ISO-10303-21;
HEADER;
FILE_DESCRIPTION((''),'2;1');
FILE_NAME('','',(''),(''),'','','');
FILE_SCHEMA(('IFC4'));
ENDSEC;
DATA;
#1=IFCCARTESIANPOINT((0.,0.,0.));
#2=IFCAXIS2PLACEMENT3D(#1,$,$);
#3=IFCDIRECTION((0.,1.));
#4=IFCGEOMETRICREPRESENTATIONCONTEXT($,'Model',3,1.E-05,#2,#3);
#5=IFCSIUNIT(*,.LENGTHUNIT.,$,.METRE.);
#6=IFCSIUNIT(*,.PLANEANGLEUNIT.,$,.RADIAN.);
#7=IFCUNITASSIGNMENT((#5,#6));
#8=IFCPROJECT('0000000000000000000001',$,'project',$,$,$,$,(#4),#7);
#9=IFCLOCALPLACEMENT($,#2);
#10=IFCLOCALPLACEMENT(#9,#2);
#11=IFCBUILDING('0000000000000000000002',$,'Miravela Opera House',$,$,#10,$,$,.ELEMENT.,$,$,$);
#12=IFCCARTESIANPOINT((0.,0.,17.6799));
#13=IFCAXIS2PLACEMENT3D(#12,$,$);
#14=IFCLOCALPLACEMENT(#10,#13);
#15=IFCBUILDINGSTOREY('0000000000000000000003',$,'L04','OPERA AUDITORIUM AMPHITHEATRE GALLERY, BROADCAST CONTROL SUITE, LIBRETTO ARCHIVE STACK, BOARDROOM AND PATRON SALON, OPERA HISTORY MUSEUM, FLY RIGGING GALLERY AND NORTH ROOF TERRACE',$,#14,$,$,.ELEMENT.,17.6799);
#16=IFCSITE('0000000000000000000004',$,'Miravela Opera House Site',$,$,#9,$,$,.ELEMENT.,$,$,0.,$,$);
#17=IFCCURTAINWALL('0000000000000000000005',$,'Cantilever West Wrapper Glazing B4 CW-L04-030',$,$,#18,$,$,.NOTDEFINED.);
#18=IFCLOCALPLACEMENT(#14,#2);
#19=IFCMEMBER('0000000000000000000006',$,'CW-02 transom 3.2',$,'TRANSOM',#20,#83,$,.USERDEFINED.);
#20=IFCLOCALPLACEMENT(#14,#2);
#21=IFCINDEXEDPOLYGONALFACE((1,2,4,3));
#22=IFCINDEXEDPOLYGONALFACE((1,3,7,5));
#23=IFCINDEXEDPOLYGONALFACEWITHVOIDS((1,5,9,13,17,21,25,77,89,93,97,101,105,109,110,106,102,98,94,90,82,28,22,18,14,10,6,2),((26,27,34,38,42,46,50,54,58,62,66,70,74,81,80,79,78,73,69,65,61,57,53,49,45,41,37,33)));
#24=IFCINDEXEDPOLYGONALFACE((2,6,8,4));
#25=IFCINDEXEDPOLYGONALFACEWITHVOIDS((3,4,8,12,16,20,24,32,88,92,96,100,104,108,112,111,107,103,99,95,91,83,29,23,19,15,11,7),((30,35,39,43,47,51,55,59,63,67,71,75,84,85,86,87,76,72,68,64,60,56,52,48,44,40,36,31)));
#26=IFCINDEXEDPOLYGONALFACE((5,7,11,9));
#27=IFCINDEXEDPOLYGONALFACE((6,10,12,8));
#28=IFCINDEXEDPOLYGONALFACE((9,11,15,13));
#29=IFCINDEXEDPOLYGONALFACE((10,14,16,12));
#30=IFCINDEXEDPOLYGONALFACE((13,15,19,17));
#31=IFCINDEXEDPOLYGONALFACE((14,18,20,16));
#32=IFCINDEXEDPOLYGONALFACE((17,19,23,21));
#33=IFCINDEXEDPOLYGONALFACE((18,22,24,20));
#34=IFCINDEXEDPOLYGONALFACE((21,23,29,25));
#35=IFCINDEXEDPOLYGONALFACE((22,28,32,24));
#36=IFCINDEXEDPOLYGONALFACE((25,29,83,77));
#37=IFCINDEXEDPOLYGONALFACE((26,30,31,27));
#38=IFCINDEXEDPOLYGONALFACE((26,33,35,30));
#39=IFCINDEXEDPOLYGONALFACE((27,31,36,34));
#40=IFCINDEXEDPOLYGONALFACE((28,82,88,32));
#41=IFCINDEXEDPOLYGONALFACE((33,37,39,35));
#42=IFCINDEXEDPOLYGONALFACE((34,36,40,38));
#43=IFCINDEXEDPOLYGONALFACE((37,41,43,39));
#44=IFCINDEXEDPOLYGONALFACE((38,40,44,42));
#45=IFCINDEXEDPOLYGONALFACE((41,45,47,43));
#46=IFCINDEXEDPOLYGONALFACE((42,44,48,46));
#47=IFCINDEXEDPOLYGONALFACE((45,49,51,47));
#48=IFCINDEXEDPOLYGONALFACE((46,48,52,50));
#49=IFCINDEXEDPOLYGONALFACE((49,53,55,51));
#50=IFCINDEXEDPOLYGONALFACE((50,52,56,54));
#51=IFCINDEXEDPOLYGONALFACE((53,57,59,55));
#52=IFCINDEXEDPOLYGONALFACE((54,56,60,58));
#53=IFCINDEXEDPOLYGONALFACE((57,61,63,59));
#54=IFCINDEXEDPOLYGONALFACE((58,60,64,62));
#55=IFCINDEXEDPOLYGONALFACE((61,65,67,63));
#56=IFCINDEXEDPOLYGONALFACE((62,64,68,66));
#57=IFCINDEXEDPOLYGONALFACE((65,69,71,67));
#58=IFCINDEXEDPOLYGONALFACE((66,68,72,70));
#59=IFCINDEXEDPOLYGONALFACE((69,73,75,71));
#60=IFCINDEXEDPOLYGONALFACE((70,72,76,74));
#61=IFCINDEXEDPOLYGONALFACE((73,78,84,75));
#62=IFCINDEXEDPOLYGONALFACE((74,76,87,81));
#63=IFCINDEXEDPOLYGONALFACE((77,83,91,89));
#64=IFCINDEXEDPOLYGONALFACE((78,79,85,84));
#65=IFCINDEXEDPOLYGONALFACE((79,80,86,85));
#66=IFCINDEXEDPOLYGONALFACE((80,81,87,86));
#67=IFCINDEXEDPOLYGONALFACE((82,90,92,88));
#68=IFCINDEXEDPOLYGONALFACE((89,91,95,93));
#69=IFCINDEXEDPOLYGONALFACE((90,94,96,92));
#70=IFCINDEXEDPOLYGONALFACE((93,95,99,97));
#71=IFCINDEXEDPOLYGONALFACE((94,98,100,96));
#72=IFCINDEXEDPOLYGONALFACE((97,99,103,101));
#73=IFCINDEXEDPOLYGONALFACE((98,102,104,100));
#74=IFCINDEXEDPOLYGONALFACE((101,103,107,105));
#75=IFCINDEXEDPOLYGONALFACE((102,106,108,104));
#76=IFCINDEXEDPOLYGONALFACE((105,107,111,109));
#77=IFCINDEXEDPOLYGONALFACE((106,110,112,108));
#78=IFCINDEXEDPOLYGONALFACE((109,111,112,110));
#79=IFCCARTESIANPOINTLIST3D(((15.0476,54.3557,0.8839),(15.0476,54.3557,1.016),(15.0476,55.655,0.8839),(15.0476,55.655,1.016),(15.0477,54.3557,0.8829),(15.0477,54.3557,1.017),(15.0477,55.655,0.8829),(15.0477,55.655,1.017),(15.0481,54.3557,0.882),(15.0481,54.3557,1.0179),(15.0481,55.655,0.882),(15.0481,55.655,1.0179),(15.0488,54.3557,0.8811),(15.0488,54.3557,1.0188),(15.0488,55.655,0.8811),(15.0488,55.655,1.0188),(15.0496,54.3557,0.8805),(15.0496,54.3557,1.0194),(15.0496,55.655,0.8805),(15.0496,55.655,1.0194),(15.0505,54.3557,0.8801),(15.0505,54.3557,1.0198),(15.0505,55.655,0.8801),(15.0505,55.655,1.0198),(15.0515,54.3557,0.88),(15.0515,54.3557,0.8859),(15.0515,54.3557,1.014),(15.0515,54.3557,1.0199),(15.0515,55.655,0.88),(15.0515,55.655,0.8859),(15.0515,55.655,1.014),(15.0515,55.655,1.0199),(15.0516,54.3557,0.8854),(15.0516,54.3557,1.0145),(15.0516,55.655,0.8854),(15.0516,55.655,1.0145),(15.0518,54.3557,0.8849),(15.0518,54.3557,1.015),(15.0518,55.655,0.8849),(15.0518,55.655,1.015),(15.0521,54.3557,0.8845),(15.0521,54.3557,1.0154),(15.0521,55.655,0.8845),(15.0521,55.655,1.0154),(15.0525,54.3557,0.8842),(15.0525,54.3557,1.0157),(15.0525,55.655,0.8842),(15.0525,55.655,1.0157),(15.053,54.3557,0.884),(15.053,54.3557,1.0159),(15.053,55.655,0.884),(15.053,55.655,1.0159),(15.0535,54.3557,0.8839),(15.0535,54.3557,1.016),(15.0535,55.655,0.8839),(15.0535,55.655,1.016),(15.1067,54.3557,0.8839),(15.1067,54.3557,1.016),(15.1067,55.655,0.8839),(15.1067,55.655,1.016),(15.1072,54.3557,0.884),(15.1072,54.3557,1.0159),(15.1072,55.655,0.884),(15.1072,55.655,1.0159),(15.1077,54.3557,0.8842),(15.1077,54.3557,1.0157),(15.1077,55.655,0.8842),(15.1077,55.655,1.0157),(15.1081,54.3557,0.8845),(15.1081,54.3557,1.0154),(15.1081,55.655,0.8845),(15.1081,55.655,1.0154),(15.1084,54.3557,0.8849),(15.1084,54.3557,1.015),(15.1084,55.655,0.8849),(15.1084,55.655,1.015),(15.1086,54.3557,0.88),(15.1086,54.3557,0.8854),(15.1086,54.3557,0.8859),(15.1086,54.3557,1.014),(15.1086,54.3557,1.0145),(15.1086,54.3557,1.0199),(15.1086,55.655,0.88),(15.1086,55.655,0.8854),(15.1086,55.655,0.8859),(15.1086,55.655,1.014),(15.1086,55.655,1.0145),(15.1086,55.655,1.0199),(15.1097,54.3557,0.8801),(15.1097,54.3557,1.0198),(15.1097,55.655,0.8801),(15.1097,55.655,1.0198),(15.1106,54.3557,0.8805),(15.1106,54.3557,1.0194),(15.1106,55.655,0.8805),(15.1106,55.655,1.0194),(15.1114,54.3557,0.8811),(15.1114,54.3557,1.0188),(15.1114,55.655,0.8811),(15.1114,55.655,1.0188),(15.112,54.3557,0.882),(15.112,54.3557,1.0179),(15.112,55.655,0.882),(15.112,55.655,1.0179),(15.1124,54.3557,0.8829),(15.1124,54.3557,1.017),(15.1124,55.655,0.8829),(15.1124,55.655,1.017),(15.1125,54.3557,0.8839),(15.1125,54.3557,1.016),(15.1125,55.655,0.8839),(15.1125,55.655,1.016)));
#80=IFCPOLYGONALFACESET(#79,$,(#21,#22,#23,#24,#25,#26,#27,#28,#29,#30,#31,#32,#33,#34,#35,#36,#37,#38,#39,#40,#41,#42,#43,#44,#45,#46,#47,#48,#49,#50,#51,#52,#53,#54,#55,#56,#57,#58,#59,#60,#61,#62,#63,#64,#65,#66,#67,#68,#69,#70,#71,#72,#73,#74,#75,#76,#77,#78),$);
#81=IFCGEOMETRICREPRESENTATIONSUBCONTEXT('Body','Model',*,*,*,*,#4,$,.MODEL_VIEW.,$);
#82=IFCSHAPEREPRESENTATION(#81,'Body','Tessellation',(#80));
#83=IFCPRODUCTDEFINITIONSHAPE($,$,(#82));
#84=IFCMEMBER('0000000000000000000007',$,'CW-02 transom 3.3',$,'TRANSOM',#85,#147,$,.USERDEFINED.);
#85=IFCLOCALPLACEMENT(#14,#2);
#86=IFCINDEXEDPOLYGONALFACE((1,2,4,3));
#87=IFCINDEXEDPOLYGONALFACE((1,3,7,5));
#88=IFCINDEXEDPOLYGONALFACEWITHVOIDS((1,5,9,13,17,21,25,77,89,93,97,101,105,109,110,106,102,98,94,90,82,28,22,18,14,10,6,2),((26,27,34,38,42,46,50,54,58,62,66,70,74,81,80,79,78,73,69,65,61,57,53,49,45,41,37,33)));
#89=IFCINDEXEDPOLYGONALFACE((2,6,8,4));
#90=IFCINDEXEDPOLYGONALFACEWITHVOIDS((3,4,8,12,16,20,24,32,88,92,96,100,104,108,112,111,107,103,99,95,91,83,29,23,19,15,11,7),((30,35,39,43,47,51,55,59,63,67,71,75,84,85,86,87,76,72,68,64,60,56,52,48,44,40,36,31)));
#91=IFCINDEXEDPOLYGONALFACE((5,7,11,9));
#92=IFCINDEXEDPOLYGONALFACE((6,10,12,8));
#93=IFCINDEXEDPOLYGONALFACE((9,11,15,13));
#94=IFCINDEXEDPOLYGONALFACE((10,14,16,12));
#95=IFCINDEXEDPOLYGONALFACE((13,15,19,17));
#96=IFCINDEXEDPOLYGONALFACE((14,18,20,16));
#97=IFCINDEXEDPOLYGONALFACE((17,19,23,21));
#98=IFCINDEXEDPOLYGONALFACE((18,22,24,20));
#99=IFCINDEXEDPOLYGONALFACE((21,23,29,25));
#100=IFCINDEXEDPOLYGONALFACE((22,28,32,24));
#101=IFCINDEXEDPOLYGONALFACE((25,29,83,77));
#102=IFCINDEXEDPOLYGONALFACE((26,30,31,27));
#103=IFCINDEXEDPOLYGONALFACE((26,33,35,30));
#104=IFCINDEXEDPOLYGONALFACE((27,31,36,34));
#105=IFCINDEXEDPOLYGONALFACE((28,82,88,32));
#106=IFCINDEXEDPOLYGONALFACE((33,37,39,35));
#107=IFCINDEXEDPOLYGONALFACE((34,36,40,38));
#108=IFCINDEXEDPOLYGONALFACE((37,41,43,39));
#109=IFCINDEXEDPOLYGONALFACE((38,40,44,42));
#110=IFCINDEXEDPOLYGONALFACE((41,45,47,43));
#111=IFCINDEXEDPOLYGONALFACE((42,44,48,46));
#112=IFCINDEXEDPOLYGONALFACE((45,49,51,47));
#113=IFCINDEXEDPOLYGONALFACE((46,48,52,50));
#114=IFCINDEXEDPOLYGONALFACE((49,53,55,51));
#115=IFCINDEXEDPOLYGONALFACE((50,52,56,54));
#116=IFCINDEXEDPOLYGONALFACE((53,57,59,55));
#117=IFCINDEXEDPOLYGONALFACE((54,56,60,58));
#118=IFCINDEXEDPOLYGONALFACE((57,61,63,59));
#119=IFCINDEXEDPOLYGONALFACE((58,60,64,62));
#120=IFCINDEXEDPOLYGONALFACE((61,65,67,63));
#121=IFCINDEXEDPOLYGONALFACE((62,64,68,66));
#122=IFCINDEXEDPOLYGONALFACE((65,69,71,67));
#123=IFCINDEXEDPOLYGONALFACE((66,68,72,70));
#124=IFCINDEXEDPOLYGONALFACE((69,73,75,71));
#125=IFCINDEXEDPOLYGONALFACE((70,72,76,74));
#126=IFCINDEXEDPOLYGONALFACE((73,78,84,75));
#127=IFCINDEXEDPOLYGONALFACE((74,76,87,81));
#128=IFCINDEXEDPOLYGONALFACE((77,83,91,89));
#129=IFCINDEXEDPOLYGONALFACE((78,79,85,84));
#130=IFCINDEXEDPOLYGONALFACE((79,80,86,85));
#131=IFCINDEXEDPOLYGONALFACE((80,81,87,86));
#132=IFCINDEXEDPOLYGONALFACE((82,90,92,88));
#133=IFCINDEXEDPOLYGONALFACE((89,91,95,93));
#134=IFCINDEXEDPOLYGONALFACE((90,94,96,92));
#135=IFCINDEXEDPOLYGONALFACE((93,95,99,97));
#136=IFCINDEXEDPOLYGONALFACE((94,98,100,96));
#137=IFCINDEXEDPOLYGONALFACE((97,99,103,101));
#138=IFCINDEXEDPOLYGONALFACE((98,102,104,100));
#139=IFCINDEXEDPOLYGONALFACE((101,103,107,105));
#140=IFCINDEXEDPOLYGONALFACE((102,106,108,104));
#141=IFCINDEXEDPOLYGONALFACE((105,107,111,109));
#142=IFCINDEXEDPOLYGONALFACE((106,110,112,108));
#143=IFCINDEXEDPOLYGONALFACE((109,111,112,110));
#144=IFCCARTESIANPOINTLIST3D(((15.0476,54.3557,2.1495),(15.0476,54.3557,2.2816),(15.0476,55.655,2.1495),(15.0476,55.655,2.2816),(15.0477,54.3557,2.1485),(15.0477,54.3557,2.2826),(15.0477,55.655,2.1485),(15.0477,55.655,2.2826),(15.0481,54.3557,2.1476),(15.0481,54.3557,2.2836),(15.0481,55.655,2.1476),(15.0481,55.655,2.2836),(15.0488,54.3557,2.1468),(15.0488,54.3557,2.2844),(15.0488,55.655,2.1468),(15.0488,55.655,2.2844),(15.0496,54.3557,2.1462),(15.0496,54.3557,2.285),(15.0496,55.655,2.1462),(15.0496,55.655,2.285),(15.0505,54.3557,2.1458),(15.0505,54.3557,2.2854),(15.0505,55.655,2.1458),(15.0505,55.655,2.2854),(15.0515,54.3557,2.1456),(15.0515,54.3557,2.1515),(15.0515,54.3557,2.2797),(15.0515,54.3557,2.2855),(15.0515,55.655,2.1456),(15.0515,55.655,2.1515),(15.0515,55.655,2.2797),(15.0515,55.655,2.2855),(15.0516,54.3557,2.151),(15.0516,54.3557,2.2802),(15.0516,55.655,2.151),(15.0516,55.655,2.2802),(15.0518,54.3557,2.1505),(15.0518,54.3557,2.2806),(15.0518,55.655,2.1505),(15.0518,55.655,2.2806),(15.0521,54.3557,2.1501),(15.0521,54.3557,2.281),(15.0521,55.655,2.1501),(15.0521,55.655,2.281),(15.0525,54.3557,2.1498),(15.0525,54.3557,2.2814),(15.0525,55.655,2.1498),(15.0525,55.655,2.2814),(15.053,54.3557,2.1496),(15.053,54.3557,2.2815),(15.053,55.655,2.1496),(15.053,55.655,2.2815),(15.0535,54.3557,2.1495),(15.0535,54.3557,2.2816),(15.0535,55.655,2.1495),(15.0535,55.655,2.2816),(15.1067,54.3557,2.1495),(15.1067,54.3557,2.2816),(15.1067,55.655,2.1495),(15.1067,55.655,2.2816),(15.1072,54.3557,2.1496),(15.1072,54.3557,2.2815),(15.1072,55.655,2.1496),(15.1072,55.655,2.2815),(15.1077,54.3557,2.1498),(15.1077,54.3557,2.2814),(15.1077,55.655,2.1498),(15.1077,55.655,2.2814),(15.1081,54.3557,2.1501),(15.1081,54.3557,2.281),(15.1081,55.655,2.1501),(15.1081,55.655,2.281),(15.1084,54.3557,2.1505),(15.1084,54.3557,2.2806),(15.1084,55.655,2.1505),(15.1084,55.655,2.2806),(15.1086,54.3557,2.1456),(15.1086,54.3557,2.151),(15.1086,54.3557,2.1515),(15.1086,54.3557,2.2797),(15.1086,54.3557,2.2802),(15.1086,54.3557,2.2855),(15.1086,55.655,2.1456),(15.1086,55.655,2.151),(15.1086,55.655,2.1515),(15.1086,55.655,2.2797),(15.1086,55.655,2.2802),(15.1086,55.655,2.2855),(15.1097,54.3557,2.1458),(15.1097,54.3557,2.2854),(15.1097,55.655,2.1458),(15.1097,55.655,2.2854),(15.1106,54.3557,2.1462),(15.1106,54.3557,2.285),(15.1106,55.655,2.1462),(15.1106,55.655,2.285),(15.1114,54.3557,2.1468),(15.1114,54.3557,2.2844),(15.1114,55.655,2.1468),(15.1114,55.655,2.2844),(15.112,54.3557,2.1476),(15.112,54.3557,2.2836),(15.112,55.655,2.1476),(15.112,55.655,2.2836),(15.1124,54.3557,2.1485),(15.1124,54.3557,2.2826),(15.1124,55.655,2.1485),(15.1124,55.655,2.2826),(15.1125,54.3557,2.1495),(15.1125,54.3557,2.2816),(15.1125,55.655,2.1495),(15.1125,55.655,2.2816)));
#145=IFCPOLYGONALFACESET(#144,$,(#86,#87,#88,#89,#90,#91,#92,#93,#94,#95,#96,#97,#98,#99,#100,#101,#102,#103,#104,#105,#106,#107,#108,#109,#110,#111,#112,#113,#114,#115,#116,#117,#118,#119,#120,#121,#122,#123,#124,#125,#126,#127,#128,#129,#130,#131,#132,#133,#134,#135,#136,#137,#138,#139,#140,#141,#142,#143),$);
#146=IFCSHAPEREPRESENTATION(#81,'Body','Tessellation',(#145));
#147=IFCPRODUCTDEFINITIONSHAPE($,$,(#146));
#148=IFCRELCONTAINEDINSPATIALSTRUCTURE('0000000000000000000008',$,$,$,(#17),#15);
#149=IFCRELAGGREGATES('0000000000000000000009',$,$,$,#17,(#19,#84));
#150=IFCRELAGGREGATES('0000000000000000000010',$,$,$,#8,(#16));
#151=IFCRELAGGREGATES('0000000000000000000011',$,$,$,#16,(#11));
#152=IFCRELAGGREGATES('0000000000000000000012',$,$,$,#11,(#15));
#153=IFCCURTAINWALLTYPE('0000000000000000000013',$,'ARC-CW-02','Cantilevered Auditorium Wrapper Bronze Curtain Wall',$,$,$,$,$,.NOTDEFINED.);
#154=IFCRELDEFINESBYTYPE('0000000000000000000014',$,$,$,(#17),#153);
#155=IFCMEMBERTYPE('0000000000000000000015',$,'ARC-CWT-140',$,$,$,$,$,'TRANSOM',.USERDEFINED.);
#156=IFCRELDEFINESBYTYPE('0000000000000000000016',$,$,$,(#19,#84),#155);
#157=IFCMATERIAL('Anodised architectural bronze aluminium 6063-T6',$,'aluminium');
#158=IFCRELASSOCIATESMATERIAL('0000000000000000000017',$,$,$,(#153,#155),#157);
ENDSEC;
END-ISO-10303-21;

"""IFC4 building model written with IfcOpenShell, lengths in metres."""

from ifc_helpers import new_model, si_unit, direction, frame, origin, origin_2d, place, context, subcontext, project, spatial, hollow_rectangle, extrude, material, material_profile, profile_set, type_object, element, aggregate, save


model = new_model("IFC4")

# Units and contexts
model_context = context("Model", 3, precision=1e-05, world=origin(), true_north=direction((0.0, 1.0)))
body_context = subcontext(model_context, "Body", "Model", "MODEL_VIEW")
ifc_project = project(units=[si_unit("LENGTHUNIT", "METRE"), si_unit("PLANEANGLEUNIT", "RADIAN")], contexts=[model_context])

# Site, building, storey
site_placement = place(None, origin())
site = spatial("IfcSite", under=ifc_project, at=site_placement, Name="Miravela Opera House Site", CompositionType="ELEMENT", RefElevation=0.0)
building_placement = place(site_placement, origin())
building = spatial("IfcBuilding", under=site, at=building_placement, Name="Miravela Opera House", CompositionType="ELEMENT")
storey_placement = place(building_placement, frame((0.0, 0.0, 17.6799)))
storey = spatial("IfcBuildingStorey", under=building, at=storey_placement, Name="L04", Description="OPERA AUDITORIUM AMPHITHEATRE GALLERY, BROADCAST CONTROL SUITE, LIBRETTO ARCHIVE STACK, BOARDROOM AND PATRON SALON, OPERA HISTORY MUSEUM, FLY RIGGING GALLERY AND NORTH ROOF TERRACE", CompositionType="ELEMENT", Elevation=17.6799)

# Curtain wall, members
ifc_material_1 = material(Name="Anodised architectural bronze aluminium 6063-T6", Category="aluminium")
curtain_wall_type = type_object("IfcCurtainWallType", Name="ARC-CW-02", Description="Cantilevered Auditorium Wrapper Bronze Curtain Wall", PredefinedType="NOTDEFINED", material=ifc_material_1)
curtain_wall_placement = place(storey_placement, origin())
curtain_wall = element("IfcCurtainWall", 1, at=curtain_wall_placement, inside=storey, type_object=curtain_wall_type, Name="Cantilever West Wrapper Glazing B4 CW-L04-030", PredefinedType="NOTDEFINED")
ifc_material_profile_1 = material_profile(ifc_material_1, hollow_rectangle(XDim=0.0649, YDim=0.1399, WallThickness=0.0039, InnerFilletRadius=0.002, OuterFilletRadius=0.0039, at=origin_2d()), Name="CWT-65X140")
ifc_profile_set_1 = profile_set([ifc_material_profile_1])
member_type_1 = type_object("IfcMemberType", Name="ARC-CWT-140", ElementType="TRANSOM", PredefinedType="USERDEFINED", material=ifc_profile_set_1)
member_1_placement = place(storey_placement, frame((15.0801, 54.3557, 0.95), z_axis=(0.0, 1.0, 0.0), x_axis=(-1.0, 0.0, 0.0)))
member_1 = element("IfcMember", 2, at=member_1_placement, type_object=member_type_1, Name="CW-02 transom 3.2", ObjectType="TRANSOM", PredefinedType="USERDEFINED", context=body_context, shape_type="SweptSolid", body=[
    extrude(hollow_rectangle(XDim=0.0649, YDim=0.1399, WallThickness=0.0039, InnerFilletRadius=0.002, OuterFilletRadius=0.0039, at=origin_2d()), origin(), (0.0, 0.0, 1.0), 1.2993),
])
member_2_placement = place(storey_placement, frame((15.0801, 54.3557, 2.2156), z_axis=(0.0, 1.0, 0.0), x_axis=(-1.0, 0.0, 0.0)))
member_2 = element("IfcMember", 3, at=member_2_placement, type_object=member_type_1, Name="CW-02 transom 3.3", ObjectType="TRANSOM", PredefinedType="USERDEFINED", context=body_context, shape_type="SweptSolid", body=[
    extrude(hollow_rectangle(XDim=0.0649, YDim=0.1399, WallThickness=0.0039, InnerFilletRadius=0.002, OuterFilletRadius=0.0039, at=origin_2d()), origin(), (0.0, 0.0, 1.0), 1.2993),
])

aggregate(curtain_wall, [member_1, member_2])

save(model, "model.ifc")
